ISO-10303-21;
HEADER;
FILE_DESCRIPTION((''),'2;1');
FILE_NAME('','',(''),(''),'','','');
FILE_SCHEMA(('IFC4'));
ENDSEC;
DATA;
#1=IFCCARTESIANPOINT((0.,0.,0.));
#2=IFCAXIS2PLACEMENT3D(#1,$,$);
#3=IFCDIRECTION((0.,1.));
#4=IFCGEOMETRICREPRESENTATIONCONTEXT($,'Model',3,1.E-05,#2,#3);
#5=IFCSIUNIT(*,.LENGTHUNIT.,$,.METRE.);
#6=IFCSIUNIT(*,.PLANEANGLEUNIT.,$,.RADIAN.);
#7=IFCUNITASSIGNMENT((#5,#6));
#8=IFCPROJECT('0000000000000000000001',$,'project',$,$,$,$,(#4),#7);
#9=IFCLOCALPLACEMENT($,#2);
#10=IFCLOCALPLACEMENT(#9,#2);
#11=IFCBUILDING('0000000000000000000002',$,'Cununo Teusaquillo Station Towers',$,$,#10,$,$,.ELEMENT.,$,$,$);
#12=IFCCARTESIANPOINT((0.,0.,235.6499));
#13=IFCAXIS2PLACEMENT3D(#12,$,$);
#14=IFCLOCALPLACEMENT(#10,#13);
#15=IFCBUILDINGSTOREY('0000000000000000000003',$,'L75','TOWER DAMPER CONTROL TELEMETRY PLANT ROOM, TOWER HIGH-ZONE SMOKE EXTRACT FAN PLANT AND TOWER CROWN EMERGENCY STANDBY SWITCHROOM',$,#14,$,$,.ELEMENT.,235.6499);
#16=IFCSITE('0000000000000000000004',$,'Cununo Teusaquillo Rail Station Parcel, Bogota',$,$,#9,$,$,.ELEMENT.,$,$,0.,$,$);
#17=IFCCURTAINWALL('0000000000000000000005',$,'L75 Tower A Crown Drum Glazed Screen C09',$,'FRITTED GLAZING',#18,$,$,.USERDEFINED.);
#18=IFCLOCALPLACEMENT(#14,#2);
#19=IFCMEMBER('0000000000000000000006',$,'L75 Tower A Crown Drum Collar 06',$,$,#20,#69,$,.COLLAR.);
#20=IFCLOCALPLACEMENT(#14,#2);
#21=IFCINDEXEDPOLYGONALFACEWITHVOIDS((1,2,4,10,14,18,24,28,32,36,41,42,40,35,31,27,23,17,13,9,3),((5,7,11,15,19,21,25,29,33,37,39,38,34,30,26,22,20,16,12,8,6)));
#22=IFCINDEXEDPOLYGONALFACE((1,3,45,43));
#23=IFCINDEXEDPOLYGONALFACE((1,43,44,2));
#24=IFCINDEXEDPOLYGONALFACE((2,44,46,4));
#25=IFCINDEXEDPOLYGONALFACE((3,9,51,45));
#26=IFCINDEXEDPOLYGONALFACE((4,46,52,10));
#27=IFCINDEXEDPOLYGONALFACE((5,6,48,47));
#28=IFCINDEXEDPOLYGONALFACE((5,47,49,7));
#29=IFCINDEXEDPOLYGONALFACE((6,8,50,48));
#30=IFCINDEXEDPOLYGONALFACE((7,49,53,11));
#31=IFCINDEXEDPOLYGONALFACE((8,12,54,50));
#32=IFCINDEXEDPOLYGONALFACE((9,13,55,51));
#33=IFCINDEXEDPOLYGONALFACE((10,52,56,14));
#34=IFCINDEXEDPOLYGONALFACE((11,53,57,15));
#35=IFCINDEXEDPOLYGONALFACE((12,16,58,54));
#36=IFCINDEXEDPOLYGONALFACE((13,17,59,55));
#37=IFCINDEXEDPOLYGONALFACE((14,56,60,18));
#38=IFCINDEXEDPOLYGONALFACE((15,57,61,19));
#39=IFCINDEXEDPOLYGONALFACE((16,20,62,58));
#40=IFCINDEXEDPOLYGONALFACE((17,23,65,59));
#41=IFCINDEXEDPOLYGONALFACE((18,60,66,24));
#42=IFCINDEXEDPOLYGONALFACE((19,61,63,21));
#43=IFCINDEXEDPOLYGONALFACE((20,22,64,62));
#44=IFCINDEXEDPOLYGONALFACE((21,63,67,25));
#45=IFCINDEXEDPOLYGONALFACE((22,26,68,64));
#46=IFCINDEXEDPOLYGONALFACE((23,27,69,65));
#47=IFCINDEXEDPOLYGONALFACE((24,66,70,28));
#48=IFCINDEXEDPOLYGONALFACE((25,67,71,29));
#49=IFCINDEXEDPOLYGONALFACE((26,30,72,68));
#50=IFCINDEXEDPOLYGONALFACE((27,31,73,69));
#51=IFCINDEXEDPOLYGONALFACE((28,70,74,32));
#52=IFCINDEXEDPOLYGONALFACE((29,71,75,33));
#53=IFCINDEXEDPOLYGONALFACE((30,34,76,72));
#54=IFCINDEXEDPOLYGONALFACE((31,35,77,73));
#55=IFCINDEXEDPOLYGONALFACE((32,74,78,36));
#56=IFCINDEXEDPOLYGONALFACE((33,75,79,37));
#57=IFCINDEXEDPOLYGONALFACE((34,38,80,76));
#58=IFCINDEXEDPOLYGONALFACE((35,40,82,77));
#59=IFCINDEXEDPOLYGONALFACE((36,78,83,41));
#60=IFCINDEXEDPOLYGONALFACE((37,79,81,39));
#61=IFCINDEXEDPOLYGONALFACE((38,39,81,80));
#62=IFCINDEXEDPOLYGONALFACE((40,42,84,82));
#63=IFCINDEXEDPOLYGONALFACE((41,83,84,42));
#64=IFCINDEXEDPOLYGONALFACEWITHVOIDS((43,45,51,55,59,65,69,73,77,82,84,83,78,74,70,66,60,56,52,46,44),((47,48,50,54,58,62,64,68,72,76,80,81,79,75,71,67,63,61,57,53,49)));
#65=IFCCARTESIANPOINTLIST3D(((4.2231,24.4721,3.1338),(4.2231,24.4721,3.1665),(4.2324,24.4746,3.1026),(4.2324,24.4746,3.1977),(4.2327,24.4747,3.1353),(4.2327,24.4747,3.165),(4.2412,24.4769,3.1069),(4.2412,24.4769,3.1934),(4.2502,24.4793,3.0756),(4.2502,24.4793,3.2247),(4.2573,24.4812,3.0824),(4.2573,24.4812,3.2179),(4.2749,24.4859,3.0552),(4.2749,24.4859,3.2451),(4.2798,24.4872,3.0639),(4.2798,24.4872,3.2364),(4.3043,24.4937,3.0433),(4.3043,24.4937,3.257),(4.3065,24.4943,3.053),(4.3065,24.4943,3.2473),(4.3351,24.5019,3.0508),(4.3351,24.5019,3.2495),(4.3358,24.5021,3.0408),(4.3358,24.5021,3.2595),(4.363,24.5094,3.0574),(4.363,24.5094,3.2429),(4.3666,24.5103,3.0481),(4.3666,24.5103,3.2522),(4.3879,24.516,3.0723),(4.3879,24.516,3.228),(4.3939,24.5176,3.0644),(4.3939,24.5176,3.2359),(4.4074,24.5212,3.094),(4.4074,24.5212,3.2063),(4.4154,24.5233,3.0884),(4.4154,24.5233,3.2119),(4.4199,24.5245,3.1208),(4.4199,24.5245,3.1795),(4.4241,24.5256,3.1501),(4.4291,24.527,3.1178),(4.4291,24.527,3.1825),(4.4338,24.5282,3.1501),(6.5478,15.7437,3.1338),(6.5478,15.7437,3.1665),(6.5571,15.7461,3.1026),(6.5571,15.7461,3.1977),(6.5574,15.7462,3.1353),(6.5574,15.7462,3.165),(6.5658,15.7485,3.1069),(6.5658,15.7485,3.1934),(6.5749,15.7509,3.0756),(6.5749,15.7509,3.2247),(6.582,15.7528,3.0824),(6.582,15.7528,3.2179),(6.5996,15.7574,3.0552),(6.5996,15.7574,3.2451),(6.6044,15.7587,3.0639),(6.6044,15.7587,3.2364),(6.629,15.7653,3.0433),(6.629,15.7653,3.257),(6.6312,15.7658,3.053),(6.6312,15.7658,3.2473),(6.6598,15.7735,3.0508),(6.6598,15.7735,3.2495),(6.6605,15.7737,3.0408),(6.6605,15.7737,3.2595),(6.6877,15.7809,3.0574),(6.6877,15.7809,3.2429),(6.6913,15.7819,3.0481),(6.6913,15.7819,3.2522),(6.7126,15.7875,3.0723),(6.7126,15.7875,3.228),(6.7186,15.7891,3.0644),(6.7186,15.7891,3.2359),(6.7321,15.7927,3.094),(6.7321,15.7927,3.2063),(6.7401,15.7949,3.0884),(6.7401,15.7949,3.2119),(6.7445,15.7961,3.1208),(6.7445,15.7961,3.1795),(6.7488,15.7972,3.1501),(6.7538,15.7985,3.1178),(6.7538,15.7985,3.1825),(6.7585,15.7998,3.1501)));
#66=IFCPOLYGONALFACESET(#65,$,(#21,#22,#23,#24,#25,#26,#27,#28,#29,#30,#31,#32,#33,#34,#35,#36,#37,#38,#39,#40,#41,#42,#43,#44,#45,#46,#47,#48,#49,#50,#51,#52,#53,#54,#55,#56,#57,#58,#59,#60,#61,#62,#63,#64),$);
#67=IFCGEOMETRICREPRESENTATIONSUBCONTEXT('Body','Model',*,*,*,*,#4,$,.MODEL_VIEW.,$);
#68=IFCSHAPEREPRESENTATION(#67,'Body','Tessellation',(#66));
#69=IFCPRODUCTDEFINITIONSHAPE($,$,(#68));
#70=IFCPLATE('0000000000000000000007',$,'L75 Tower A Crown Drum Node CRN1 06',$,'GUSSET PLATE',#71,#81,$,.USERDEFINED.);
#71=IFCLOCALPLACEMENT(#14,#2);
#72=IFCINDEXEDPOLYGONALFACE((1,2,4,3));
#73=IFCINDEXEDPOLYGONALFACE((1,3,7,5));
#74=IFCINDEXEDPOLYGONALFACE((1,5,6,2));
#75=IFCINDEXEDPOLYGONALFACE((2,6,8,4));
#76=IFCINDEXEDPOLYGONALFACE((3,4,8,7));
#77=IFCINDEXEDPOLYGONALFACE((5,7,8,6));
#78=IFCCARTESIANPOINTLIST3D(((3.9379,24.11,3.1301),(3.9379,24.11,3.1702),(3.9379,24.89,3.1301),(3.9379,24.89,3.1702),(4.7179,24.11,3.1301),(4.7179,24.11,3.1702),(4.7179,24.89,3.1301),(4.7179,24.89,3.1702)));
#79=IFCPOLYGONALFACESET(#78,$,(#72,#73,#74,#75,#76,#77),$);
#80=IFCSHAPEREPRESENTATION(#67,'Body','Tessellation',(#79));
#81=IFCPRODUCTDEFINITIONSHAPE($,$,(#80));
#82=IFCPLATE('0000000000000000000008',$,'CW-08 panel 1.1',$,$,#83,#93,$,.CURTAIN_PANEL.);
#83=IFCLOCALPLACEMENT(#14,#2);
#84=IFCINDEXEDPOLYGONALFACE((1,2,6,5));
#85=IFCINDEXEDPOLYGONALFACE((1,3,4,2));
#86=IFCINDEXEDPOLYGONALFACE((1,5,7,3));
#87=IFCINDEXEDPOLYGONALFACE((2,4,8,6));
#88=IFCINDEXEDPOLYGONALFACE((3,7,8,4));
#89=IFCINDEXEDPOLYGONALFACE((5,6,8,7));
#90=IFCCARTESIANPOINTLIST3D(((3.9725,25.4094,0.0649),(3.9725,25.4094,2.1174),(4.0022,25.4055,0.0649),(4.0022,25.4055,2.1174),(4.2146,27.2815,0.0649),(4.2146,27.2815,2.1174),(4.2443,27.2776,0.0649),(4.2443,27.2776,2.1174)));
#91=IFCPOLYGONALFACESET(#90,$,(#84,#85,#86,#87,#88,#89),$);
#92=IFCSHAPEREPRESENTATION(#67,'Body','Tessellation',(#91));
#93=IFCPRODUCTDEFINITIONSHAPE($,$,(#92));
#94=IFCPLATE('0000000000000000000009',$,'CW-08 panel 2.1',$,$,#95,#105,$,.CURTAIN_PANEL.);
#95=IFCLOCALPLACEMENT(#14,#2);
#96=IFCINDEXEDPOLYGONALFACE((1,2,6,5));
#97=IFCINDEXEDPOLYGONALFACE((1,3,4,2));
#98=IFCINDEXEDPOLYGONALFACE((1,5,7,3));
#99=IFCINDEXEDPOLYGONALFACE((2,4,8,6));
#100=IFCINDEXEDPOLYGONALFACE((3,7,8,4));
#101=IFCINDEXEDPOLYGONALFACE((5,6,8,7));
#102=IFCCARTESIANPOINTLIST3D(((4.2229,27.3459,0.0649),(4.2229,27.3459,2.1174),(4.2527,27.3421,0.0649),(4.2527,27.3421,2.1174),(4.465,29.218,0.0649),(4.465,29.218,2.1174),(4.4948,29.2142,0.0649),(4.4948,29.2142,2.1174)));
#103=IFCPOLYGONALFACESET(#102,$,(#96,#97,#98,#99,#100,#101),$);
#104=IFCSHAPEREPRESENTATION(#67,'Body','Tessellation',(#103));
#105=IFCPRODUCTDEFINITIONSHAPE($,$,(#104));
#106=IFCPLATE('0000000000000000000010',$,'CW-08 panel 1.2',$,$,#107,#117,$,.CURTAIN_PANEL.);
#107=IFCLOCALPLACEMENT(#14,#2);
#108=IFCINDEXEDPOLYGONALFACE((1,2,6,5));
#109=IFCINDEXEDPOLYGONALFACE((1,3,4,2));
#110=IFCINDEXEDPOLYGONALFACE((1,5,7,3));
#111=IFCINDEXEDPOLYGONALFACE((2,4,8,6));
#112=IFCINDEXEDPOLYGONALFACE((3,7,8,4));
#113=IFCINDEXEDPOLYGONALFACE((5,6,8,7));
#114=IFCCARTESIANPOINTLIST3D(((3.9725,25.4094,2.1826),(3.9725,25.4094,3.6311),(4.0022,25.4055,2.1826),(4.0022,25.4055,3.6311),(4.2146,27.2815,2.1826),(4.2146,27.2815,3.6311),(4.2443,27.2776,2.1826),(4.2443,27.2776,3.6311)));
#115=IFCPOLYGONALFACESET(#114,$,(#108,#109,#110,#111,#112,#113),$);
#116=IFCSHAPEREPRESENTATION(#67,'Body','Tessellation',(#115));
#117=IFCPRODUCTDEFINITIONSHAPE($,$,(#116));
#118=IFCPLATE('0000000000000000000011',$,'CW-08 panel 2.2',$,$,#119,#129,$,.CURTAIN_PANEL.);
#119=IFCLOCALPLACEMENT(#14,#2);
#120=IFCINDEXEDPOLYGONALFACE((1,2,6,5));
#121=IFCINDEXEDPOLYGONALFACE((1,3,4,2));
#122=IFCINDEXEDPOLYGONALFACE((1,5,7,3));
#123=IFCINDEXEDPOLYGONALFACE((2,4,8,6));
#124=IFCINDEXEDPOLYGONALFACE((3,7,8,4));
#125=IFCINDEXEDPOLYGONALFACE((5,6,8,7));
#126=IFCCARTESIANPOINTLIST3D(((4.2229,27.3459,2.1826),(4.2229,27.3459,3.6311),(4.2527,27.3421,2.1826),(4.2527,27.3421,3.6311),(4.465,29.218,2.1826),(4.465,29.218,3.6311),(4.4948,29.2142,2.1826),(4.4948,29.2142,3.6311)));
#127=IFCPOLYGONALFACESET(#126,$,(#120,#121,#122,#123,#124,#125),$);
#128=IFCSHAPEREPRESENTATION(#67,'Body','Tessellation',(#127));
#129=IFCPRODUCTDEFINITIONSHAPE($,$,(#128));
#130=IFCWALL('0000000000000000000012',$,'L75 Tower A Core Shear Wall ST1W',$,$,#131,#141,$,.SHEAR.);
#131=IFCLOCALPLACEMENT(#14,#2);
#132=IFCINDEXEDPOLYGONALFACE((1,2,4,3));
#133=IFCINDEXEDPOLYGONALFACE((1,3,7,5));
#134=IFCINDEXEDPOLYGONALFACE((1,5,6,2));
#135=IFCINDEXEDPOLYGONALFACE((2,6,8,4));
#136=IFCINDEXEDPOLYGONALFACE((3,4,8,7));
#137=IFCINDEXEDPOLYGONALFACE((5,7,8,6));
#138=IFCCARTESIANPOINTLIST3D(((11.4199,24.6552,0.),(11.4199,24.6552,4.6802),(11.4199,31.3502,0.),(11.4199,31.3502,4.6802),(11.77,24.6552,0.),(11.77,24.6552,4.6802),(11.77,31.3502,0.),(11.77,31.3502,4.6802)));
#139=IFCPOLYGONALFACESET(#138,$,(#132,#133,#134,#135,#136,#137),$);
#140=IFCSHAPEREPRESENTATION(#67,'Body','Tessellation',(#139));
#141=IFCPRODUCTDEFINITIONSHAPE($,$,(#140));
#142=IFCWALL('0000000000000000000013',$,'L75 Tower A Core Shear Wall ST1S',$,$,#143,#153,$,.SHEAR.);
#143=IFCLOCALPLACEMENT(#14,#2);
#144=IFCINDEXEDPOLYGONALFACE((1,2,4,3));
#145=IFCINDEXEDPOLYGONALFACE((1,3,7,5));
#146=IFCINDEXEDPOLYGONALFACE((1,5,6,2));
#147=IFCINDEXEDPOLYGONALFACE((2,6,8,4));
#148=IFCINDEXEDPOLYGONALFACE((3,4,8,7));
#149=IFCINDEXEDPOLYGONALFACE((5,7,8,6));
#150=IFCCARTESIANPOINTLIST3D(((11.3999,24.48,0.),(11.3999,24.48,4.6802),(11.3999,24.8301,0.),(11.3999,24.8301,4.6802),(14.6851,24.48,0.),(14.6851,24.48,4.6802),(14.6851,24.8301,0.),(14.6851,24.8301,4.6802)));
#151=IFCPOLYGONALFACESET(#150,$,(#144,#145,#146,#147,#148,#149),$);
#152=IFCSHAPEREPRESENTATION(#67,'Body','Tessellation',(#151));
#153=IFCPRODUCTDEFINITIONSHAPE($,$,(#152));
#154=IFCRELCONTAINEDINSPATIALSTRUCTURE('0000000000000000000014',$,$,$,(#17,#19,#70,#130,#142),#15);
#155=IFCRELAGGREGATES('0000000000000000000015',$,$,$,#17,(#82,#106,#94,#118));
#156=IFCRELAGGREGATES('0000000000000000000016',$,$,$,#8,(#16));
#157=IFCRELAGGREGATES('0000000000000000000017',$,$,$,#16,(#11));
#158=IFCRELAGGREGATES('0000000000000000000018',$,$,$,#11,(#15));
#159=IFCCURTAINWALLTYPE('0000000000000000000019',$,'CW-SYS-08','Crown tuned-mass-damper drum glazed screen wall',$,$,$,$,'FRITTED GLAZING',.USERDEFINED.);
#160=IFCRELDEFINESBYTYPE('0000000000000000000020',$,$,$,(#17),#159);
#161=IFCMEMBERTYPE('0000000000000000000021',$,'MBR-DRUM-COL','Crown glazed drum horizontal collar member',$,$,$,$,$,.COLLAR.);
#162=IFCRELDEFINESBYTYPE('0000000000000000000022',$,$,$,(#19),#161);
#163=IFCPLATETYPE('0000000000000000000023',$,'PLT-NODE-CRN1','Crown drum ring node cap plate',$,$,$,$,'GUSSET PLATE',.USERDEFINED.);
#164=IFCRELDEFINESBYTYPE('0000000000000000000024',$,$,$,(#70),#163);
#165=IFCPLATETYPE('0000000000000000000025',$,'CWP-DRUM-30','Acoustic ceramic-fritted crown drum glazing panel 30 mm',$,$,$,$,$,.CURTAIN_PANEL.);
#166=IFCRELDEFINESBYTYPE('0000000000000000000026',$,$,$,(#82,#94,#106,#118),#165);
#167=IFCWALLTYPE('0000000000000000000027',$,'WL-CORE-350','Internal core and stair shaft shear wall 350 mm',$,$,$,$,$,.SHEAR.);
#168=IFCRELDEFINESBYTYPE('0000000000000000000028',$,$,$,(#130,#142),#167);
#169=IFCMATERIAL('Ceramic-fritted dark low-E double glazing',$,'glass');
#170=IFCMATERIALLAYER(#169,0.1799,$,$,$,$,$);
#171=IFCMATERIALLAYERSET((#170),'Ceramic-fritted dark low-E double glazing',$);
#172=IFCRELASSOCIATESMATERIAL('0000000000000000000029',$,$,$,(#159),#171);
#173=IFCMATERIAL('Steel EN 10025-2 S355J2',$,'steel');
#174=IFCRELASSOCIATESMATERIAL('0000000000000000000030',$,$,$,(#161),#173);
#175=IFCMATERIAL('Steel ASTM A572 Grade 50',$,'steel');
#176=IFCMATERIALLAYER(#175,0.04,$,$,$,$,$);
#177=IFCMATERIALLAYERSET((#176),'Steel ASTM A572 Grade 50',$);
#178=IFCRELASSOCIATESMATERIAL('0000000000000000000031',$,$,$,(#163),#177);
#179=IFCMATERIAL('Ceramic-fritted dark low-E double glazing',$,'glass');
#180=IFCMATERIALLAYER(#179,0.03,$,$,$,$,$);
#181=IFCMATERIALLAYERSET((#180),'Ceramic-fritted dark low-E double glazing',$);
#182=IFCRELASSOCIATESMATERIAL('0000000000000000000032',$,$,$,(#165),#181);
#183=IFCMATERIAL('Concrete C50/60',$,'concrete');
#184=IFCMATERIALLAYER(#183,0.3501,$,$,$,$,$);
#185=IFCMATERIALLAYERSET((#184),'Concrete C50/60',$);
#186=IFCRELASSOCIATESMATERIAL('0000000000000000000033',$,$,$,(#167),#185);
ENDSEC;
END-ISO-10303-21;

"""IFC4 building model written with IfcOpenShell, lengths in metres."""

from ifc_helpers import new_model, si_unit, direction, frame, frame_2d, origin, origin_2d, place, context, subcontext, project, spatial, rectangle, hollow_circle, extrude, source, transform, mapped, material, layer, layer_set, material_profile, profile_set, type_object, element, aggregate, save


model = new_model("IFC4")

# Units and contexts
model_context = context("Model", 3, precision=1e-05, world=origin(), true_north=direction((0.0, 1.0)))
body_context = subcontext(model_context, "Body", "Model", "MODEL_VIEW")
ifc_project = project(units=[si_unit("LENGTHUNIT", "METRE"), si_unit("PLANEANGLEUNIT", "RADIAN")], contexts=[model_context])

# Site, building, storey
site_placement = place(None, origin())
site = spatial("IfcSite", under=ifc_project, at=site_placement, Name="Cununo Teusaquillo Rail Station Parcel, Bogota", CompositionType="ELEMENT", RefElevation=0.0)
building_placement = place(site_placement, origin())
building = spatial("IfcBuilding", under=site, at=building_placement, Name="Cununo Teusaquillo Station Towers", CompositionType="ELEMENT")
storey_placement = place(building_placement, frame((0.0, 0.0, 235.6499)))
storey = spatial("IfcBuildingStorey", under=building, at=storey_placement, Name="L75", Description="TOWER DAMPER CONTROL TELEMETRY PLANT ROOM, TOWER HIGH-ZONE SMOKE EXTRACT FAN PLANT AND TOWER CROWN EMERGENCY STANDBY SWITCHROOM", CompositionType="ELEMENT", Elevation=235.6499)

# Curtain wall
ifc_material_1 = material(Name="Ceramic-fritted dark low-E double glazing", Category="glass")
ifc_layer_1 = layer(ifc_material_1, 0.1799)
ifc_layer_set_1 = layer_set([ifc_layer_1], Name="Ceramic-fritted dark low-E double glazing")
curtain_wall_type = type_object("IfcCurtainWallType", Name="CW-SYS-08", Description="Crown tuned-mass-damper drum glazed screen wall", ElementType="FRITTED GLAZING", PredefinedType="USERDEFINED", material=ifc_layer_set_1)
curtain_wall_placement = place(storey_placement, origin())
curtain_wall = element("IfcCurtainWall", 1, at=curtain_wall_placement, inside=storey, type_object=curtain_wall_type, Name="L75 Tower A Crown Drum Glazed Screen C09", ObjectType="FRITTED GLAZING", PredefinedType="USERDEFINED")

# Member
ifc_material_2 = material(Name="Steel EN 10025-2 S355J2", Category="steel")
ifc_material_profile_1 = material_profile(ifc_material_2, hollow_circle(Radius=0.1096, WallThickness=0.01, at=origin_2d()), Name="CHS 219x10")
ifc_profile_set_1 = profile_set([ifc_material_profile_1], Name="Steel EN 10025-2 S355J2")
member_type_1 = type_object("IfcMemberType", Name="MBR-DRUM-COL", Description="Crown glazed drum horizontal collar member", PredefinedType="COLLAR", material=ifc_profile_set_1)
member_1_placement = place(storey_placement, frame((4.3279, 24.5, 3.1501), z_axis=(0.257363, -0.966315, 0.0), x_axis=(0.966315, 0.257363, 0.0)))
element("IfcMember", 2, at=member_1_placement, inside=storey, type_object=member_type_1, Name="L75 Tower A Crown Drum Collar 06", PredefinedType="COLLAR", context=body_context, shape_type="SweptSolid", body=[
    extrude(hollow_circle(Radius=0.1096, WallThickness=0.01, at=origin_2d()), origin(), (0.0, 0.0, 1.0), 9.0327),
])

# Plates
ifc_material_3 = material(Name="Steel ASTM A572 Grade 50", Category="steel")
ifc_layer_2 = layer(ifc_material_3, 0.04)
ifc_layer_set_2 = layer_set([ifc_layer_2], Name="Steel ASTM A572 Grade 50")
plate_type_1 = type_object("IfcPlateType", Name="PLT-NODE-CRN1", Description="Crown drum ring node cap plate", ElementType="GUSSET PLATE", PredefinedType="USERDEFINED", material=ifc_layer_set_2)
shared_shape_1 = source(origin(), body_context, "Body", "SweptSolid", [
    extrude(rectangle(XDim=0.78, YDim=0.78, at=origin_2d()), origin(), (0.0, 0.0, 1.0), 0.04),
])
plate_1_placement = place(storey_placement, frame((4.3279, 24.5, 3.1301), z_axis=(0.0, 0.0, 1.0), x_axis=(1.0, 0.0, 0.0)))
element("IfcPlate", 3, at=plate_1_placement, inside=storey, type_object=plate_type_1, Name="L75 Tower A Crown Drum Node CRN1 06", ObjectType="GUSSET PLATE", PredefinedType="USERDEFINED", context=body_context, shape_type="MappedRepresentation", body=[
    mapped(shared_shape_1, transform((0.0, 0.0, 0.0), x_axis=(1.0, 0.0, 0.0), y_axis=(0.0, 1.0, 0.0), z_axis=(0.0, 0.0, 1.0), scale=1.0)),
])
ifc_material_4 = material(Name="Ceramic-fritted dark low-E double glazing", Category="glass")
ifc_layer_3 = layer(ifc_material_4, 0.03)
ifc_layer_set_3 = layer_set([ifc_layer_3], Name="Ceramic-fritted dark low-E double glazing")
plate_type_2 = type_object("IfcPlateType", Name="CWP-DRUM-30", Description="Acoustic ceramic-fritted crown drum glazing panel 30 mm", PredefinedType="CURTAIN_PANEL", material=ifc_layer_set_3)
shared_shape_2 = source(origin(), body_context, "Body", "SweptSolid", [
    extrude(rectangle(XDim=1.8877, YDim=0.03, at=origin_2d()), origin(), (0.0, 0.0, 1.0), 2.0525),
])
plate_2_placement = place(storey_placement, frame((4.1084, 26.3435, 0.0649), z_axis=(0.0, 0.0, 1.0), x_axis=(0.128253, 0.991742, 0.0)))
plate_2 = element("IfcPlate", 4, at=plate_2_placement, type_object=plate_type_2, Name="CW-08 panel 1.1", PredefinedType="CURTAIN_PANEL", context=body_context, shape_type="MappedRepresentation", body=[
    mapped(shared_shape_2, transform((0.0, 0.0, 0.0), x_axis=(1.0, 0.0, 0.0), y_axis=(0.0, 1.0, 0.0), z_axis=(0.0, 0.0, 1.0), scale=1.0)),
])
plate_3_placement = place(storey_placement, frame((4.3589, 28.28, 0.0649), z_axis=(0.0, 0.0, 1.0), x_axis=(0.128253, 0.991742, 0.0)))
plate_3 = element("IfcPlate", 5, at=plate_3_placement, type_object=plate_type_2, Name="CW-08 panel 2.1", PredefinedType="CURTAIN_PANEL", context=body_context, shape_type="MappedRepresentation", body=[
    mapped(shared_shape_2, transform((0.0, 0.0, 0.0), x_axis=(1.0, 0.0, 0.0), y_axis=(0.0, 1.0, 0.0), z_axis=(0.0, 0.0, 1.0), scale=1.0)),
])
shared_shape_3 = source(origin(), body_context, "Body", "SweptSolid", [
    extrude(rectangle(XDim=1.8877, YDim=0.03, at=origin_2d()), origin(), (0.0, 0.0, 1.0), 1.4485),
])
plate_4_placement = place(storey_placement, frame((4.1084, 26.3435, 2.1826), z_axis=(0.0, 0.0, 1.0), x_axis=(0.128253, 0.991742, 0.0)))
plate_4 = element("IfcPlate", 6, at=plate_4_placement, type_object=plate_type_2, Name="CW-08 panel 1.2", PredefinedType="CURTAIN_PANEL", context=body_context, shape_type="MappedRepresentation", body=[
    mapped(shared_shape_3, transform((0.0, 0.0, 0.0), x_axis=(1.0, 0.0, 0.0), y_axis=(0.0, 1.0, 0.0), z_axis=(0.0, 0.0, 1.0), scale=1.0)),
])
plate_5_placement = place(storey_placement, frame((4.3589, 28.28, 2.1826), z_axis=(0.0, 0.0, 1.0), x_axis=(0.128253, 0.991742, 0.0)))
plate_5 = element("IfcPlate", 7, at=plate_5_placement, type_object=plate_type_2, Name="CW-08 panel 2.2", PredefinedType="CURTAIN_PANEL", context=body_context, shape_type="MappedRepresentation", body=[
    mapped(shared_shape_3, transform((0.0, 0.0, 0.0), x_axis=(1.0, 0.0, 0.0), y_axis=(0.0, 1.0, 0.0), z_axis=(0.0, 0.0, 1.0), scale=1.0)),
])
aggregate(curtain_wall, [plate_2, plate_4, plate_3, plate_5])

# Walls
ifc_material_5 = material(Name="Concrete C50/60", Category="concrete")
ifc_layer_4 = layer(ifc_material_5, 0.3501)
ifc_layer_set_4 = layer_set([ifc_layer_4], Name="Concrete C50/60")
wall_type_1 = type_object("IfcWallType", Name="WL-CORE-350", Description="Internal core and stair shaft shear wall 350 mm", PredefinedType="SHEAR", material=ifc_layer_set_4)
wall_1_placement = place(storey_placement, frame((11.595, 24.655, 0.0), z_axis=(0.0, 0.0, 1.0), x_axis=(0.0, 1.0, 0.0)))
element("IfcWall", 8, at=wall_1_placement, inside=storey, type_object=wall_type_1, Name="L75 Tower A Core Shear Wall ST1W", PredefinedType="SHEAR", context=body_context, shape_type="SweptSolid", body=[
    extrude(rectangle(XDim=6.6951, YDim=0.3501, at=frame_2d((3.3477, 0.0))), origin(), (0.0, 0.0, 1.0), 4.6802),
])
wall_2_placement = place(storey_placement, frame((11.3999, 24.655, 0.0), z_axis=(0.0, 0.0, 1.0), x_axis=(1.0, 0.0, 0.0)))
element("IfcWall", 9, at=wall_2_placement, inside=storey, type_object=wall_type_1, Name="L75 Tower A Core Shear Wall ST1S", PredefinedType="SHEAR", context=body_context, shape_type="SweptSolid", body=[
    extrude(rectangle(XDim=3.2852, YDim=0.3501, at=frame_2d((1.6426, 0.0))), origin(), (0.0, 0.0, 1.0), 4.6802),
])

save(model, "model.ifc")
